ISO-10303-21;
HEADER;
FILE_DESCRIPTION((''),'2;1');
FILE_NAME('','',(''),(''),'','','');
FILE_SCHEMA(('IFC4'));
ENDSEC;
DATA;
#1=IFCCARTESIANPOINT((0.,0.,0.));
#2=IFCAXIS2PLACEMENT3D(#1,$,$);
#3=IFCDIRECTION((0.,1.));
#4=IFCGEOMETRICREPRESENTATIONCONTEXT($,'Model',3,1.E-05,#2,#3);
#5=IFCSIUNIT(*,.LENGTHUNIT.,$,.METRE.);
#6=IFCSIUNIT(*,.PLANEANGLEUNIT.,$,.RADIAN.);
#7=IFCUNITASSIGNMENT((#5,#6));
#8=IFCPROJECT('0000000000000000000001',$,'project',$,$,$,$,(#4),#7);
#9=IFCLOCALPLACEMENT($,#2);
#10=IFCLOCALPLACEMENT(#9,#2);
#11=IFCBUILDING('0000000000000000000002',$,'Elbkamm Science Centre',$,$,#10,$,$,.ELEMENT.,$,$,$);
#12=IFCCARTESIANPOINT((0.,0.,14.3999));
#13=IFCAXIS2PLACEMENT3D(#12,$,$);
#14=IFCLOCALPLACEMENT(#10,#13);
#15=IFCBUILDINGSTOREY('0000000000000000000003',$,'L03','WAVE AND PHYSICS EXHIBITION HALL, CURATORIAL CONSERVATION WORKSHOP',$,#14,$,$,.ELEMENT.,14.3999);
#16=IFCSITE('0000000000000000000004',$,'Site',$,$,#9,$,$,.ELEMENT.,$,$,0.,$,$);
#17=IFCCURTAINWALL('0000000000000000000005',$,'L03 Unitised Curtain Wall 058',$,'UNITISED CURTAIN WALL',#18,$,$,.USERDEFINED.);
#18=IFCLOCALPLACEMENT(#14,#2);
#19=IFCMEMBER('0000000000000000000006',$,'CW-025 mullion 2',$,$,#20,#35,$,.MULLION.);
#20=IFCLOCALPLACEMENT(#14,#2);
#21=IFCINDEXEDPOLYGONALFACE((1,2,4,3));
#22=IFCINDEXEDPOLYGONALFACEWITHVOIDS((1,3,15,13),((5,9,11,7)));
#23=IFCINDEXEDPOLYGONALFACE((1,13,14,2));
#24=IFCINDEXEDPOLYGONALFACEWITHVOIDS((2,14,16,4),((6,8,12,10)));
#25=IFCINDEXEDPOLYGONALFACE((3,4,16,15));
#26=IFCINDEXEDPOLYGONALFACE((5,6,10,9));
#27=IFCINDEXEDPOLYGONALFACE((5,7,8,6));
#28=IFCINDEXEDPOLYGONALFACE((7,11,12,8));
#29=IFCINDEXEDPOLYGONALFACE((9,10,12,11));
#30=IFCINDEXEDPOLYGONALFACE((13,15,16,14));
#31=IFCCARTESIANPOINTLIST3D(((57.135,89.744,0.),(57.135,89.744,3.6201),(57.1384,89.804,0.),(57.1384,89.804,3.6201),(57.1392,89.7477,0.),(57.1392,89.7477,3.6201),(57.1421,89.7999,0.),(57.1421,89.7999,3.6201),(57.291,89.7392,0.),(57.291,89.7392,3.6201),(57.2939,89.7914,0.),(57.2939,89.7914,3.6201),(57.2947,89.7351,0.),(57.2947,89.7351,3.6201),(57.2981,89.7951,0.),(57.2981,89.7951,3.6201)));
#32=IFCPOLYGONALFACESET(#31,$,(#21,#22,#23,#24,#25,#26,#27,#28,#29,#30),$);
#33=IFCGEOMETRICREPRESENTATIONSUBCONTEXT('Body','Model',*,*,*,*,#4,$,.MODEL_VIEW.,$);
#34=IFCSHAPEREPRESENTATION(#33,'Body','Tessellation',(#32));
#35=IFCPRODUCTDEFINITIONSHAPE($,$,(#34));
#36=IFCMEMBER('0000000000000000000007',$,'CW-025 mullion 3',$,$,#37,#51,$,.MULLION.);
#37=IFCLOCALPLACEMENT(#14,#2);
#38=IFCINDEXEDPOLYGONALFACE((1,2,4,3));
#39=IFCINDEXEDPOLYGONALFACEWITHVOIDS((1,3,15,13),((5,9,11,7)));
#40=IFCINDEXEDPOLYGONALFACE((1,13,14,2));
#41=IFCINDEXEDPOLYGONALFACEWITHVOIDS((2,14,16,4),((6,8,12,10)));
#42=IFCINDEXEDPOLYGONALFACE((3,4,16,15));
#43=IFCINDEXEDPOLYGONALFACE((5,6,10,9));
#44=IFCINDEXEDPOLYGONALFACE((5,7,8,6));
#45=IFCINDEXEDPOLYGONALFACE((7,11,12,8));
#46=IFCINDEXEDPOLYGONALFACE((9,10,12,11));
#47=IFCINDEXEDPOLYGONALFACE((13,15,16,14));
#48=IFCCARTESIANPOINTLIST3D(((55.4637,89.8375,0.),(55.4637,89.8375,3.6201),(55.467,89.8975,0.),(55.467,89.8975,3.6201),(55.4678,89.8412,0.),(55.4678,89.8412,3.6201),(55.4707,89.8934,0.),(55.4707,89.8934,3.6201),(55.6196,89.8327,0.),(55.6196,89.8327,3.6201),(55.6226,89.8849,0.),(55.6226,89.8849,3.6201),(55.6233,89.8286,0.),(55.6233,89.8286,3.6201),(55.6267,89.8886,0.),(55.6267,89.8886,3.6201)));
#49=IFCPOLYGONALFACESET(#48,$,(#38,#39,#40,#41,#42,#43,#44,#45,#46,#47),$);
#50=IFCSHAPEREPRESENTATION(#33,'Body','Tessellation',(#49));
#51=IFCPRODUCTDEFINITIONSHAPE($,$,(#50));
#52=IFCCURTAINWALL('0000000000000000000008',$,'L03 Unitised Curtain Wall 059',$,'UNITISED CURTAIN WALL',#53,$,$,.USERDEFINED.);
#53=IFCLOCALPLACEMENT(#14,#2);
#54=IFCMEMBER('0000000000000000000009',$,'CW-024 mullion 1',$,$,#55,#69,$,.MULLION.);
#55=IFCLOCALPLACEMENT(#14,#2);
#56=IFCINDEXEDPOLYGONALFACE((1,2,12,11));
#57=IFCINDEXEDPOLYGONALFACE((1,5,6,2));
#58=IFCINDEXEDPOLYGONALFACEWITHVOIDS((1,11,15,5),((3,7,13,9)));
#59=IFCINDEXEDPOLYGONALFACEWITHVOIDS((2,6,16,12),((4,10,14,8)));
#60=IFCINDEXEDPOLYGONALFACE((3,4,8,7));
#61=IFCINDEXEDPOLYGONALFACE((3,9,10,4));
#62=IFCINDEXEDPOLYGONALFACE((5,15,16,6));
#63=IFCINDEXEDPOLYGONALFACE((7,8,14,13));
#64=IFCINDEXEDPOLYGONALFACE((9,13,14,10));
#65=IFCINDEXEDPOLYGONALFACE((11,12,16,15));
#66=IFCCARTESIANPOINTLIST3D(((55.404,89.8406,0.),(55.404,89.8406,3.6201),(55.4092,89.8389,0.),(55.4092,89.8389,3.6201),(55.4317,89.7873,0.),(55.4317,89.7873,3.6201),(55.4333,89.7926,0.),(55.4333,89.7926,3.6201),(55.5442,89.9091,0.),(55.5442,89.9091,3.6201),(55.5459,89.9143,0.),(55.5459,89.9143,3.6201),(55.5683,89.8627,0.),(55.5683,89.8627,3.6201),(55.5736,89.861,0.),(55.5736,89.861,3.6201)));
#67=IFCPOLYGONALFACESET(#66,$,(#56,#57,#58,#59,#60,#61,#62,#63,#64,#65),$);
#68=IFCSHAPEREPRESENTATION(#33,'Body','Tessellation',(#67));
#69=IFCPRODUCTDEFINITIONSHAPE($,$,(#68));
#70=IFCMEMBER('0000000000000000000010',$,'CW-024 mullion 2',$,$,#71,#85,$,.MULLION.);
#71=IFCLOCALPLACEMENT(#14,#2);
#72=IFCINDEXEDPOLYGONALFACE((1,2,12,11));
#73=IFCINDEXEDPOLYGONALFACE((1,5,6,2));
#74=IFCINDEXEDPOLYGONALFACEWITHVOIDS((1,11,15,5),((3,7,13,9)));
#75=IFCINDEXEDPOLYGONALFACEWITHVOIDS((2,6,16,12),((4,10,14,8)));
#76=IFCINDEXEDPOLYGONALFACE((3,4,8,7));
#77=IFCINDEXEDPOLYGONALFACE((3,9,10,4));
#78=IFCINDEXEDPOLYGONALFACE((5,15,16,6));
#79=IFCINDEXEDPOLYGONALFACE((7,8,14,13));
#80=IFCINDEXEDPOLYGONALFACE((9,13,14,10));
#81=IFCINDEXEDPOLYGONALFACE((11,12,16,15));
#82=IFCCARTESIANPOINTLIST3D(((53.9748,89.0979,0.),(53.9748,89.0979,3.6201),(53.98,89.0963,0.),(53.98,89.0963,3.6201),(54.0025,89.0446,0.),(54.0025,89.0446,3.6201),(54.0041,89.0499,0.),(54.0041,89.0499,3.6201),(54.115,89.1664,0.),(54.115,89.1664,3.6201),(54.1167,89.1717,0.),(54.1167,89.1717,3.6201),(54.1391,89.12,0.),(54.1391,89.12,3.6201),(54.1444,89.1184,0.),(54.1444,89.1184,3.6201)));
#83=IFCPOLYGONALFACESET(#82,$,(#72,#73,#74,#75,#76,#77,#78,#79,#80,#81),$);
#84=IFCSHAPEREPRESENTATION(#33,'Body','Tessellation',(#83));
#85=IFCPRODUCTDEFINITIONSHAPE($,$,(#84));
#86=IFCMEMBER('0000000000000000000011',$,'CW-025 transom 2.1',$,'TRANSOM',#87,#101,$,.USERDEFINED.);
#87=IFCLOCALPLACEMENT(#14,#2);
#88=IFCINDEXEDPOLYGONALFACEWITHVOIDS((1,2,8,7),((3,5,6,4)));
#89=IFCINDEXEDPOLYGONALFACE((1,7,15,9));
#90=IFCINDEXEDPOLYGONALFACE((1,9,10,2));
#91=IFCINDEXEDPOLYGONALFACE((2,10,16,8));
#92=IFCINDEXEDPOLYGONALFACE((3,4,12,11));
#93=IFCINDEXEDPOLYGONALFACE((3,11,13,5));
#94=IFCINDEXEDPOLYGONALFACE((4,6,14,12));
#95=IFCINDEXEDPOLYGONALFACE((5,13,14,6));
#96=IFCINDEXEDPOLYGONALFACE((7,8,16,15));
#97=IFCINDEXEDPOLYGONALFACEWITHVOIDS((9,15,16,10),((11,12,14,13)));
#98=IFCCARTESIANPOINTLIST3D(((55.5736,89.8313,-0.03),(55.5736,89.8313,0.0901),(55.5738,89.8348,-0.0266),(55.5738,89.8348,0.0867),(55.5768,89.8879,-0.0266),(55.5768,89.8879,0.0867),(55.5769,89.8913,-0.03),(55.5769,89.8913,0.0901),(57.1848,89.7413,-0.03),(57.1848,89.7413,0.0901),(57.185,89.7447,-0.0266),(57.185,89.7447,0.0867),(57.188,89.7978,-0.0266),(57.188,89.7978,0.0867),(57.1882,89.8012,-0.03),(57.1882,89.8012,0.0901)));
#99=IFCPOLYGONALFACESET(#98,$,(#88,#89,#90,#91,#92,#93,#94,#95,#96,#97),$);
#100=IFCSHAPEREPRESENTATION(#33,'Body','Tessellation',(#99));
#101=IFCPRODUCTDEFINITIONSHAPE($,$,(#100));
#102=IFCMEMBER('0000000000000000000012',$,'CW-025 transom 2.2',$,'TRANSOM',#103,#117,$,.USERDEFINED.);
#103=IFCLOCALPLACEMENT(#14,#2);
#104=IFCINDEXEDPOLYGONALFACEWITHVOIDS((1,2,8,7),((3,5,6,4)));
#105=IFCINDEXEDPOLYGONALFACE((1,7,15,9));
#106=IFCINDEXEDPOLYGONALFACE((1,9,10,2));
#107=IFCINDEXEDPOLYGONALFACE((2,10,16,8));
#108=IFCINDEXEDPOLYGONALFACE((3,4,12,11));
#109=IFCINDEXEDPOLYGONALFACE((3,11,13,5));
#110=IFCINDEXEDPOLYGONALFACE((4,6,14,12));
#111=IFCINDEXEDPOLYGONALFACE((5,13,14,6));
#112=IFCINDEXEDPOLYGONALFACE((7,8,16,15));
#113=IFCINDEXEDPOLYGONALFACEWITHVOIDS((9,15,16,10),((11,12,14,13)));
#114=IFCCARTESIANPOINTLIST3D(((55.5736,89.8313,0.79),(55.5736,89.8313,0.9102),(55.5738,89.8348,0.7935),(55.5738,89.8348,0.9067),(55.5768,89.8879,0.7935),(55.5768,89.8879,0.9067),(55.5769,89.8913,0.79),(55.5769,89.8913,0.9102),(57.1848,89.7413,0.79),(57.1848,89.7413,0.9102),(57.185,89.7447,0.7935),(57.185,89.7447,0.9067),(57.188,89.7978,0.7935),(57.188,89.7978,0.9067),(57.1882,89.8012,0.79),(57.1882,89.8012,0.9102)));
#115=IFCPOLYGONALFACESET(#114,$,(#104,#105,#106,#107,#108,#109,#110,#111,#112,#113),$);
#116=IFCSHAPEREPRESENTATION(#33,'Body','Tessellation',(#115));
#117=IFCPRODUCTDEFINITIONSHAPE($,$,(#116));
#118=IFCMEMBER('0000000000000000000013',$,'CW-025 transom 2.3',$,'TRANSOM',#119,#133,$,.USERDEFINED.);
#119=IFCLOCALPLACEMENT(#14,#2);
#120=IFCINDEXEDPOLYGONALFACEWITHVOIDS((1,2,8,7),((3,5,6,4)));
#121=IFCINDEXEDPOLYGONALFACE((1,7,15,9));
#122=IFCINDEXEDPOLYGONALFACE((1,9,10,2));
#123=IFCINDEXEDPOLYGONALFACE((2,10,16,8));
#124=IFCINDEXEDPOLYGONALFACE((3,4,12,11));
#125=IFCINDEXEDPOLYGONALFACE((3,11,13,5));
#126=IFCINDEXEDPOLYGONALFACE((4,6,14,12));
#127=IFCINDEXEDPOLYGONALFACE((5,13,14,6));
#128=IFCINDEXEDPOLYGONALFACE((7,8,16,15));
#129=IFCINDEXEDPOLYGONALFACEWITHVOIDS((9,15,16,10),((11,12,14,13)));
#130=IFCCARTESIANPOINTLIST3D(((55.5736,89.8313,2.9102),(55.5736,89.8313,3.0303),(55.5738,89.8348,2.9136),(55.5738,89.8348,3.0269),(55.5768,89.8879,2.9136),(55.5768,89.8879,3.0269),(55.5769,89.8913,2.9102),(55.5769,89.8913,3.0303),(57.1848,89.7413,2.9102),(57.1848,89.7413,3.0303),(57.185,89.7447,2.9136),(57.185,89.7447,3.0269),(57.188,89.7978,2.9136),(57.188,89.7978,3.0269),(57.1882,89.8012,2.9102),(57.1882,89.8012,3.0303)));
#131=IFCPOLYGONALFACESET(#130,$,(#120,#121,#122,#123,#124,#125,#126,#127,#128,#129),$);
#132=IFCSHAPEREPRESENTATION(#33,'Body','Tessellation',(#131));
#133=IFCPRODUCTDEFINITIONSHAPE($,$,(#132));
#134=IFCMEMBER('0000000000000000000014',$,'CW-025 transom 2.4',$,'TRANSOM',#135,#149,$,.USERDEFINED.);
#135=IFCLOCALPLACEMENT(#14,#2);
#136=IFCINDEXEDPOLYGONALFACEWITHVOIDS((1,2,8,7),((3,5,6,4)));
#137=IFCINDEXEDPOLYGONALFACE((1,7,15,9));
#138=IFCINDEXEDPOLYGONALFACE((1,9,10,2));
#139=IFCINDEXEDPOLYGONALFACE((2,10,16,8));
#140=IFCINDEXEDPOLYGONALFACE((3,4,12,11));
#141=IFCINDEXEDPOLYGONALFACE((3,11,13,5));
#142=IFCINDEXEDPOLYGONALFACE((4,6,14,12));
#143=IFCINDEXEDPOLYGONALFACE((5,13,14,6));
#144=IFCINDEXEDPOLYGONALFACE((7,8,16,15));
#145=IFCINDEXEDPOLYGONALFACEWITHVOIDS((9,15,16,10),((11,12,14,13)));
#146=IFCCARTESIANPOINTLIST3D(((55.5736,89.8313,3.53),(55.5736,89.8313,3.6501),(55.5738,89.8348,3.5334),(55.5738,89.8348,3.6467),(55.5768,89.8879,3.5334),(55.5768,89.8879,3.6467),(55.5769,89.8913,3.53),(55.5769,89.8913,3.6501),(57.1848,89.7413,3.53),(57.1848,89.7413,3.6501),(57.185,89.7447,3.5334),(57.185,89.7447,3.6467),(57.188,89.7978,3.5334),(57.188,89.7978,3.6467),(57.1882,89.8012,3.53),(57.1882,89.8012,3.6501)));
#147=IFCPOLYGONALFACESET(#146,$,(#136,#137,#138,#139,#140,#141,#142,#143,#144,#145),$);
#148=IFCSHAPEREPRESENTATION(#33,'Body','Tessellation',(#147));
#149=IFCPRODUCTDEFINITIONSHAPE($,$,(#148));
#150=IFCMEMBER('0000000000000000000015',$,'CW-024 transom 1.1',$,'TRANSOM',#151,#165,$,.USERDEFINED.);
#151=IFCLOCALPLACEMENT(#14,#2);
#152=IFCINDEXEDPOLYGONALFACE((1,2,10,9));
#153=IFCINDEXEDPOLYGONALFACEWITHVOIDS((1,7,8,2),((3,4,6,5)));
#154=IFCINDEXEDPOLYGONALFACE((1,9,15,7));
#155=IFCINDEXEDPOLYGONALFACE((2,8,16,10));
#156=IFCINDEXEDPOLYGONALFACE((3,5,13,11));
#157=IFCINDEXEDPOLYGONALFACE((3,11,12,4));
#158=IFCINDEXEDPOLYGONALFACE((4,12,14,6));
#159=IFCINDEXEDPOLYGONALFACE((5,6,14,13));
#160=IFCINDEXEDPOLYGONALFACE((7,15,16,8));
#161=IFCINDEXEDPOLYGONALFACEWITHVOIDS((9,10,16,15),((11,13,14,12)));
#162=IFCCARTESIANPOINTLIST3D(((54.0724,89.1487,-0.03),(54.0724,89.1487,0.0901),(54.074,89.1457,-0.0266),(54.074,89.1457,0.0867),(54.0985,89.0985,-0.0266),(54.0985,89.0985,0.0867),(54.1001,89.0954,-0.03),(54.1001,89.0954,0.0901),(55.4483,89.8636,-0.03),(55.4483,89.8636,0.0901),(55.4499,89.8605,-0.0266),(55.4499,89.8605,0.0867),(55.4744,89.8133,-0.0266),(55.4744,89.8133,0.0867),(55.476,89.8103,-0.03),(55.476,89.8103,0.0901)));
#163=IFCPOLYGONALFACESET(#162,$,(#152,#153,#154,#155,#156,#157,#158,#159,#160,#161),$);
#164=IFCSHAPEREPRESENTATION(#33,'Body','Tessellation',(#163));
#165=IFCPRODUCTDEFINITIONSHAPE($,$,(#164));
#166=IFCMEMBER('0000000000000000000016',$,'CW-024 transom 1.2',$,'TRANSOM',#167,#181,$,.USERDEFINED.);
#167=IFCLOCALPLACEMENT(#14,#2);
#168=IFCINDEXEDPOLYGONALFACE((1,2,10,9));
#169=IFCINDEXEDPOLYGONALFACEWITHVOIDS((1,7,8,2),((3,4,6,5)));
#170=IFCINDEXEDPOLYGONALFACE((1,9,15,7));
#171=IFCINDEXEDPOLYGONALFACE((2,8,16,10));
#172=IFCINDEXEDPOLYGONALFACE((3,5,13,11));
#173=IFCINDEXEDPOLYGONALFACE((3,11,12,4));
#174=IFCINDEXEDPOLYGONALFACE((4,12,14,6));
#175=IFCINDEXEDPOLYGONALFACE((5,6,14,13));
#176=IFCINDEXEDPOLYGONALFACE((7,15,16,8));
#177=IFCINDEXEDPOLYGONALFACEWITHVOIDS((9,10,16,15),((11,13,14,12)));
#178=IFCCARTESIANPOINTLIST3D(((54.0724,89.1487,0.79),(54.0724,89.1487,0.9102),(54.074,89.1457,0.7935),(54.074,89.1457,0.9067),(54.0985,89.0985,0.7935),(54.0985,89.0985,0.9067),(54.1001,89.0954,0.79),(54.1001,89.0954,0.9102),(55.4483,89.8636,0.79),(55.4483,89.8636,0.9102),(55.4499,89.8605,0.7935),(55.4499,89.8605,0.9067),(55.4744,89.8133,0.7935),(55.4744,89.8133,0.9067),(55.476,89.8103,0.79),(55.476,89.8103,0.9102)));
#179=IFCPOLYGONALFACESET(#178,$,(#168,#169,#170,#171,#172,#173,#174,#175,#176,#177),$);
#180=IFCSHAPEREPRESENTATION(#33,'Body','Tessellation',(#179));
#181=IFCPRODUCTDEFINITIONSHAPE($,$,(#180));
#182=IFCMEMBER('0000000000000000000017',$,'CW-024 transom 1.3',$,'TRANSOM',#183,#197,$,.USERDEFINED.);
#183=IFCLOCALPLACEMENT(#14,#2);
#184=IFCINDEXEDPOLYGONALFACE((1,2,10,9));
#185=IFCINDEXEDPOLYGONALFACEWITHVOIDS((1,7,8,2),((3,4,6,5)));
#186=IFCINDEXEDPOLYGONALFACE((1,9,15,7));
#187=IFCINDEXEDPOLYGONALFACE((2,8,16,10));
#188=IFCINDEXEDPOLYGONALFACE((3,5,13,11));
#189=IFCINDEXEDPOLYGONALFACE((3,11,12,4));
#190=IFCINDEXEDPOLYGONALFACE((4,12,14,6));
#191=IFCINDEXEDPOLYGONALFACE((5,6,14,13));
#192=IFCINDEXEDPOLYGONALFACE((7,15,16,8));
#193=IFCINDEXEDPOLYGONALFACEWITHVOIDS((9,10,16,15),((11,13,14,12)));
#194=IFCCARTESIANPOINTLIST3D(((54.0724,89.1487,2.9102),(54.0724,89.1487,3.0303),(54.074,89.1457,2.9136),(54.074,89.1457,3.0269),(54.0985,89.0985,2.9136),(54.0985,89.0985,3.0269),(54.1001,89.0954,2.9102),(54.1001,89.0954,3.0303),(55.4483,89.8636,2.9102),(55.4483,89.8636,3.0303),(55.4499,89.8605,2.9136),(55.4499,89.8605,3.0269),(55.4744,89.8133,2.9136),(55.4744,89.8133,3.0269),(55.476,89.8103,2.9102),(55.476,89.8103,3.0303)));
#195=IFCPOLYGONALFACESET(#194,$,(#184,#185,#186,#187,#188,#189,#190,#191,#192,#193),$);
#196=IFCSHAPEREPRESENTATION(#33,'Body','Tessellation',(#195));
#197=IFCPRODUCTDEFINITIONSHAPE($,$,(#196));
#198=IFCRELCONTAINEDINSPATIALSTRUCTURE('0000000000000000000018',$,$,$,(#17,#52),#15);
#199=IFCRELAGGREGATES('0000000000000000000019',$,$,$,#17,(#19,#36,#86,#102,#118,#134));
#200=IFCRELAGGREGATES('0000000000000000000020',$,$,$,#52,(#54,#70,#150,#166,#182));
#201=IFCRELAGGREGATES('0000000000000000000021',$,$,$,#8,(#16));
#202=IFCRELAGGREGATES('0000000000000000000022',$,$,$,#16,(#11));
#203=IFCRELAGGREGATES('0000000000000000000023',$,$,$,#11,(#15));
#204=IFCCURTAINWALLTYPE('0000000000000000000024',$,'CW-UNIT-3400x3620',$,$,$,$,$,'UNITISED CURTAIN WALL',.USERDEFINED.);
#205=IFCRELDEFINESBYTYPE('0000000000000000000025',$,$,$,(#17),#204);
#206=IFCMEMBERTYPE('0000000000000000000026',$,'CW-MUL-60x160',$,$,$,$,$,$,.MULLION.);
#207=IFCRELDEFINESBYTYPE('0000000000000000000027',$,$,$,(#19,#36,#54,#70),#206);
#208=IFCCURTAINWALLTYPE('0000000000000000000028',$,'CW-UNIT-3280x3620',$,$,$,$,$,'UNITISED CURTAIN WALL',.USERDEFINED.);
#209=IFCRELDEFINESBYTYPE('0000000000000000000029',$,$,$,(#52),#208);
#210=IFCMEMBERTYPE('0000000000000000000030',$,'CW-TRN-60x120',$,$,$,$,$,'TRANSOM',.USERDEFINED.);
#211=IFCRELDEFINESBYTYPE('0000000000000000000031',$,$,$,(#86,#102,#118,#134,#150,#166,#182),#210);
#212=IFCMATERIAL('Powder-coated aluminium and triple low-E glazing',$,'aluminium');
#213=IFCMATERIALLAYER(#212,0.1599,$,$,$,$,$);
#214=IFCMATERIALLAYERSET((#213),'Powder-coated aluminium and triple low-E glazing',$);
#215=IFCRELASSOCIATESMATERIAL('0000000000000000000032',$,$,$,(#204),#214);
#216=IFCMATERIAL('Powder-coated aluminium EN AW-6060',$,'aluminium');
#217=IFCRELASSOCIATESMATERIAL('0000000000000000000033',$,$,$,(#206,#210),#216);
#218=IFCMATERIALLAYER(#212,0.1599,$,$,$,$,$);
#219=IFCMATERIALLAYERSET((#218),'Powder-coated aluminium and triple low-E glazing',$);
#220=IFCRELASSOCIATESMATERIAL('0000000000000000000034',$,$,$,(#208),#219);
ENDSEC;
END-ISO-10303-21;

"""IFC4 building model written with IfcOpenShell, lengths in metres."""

from ifc_helpers import new_model, si_unit, direction, frame, origin, origin_2d, place, context, subcontext, project, spatial, hollow_rectangle, extrude, material, layer, layer_set, material_profile, profile_set, type_object, element, aggregate, save


model = new_model("IFC4")

# Units and contexts
model_context = context("Model", 3, precision=1e-05, world=origin(), true_north=direction((0.0, 1.0)))
body_context = subcontext(model_context, "Body", "Model", "MODEL_VIEW")
ifc_project = project(units=[si_unit("LENGTHUNIT", "METRE"), si_unit("PLANEANGLEUNIT", "RADIAN")], contexts=[model_context])

# Site, building, storey
site_placement = place(None, origin())
site = spatial("IfcSite", under=ifc_project, at=site_placement, Name="Site", CompositionType="ELEMENT", RefElevation=0.0)
building_placement = place(site_placement, origin())
building = spatial("IfcBuilding", under=site, at=building_placement, Name="Elbkamm Science Centre", CompositionType="ELEMENT")
storey_placement = place(building_placement, frame((0.0, 0.0, 14.3999)))
storey = spatial("IfcBuildingStorey", under=building, at=storey_placement, Name="L03", Description="WAVE AND PHYSICS EXHIBITION HALL, CURATORIAL CONSERVATION WORKSHOP", CompositionType="ELEMENT", Elevation=14.3999)

# Curtain walls, members
ifc_material_1 = material(Name="Powder-coated aluminium and triple low-E glazing", Category="aluminium")
ifc_layer_1 = layer(ifc_material_1, 0.1599)
ifc_layer_set_1 = layer_set([ifc_layer_1], Name="Powder-coated aluminium and triple low-E glazing")
curtain_wall_type_1 = type_object("IfcCurtainWallType", Name="CW-UNIT-3400x3620", ElementType="UNITISED CURTAIN WALL", PredefinedType="USERDEFINED", material=ifc_layer_set_1)
curtain_wall_1_placement = place(storey_placement, origin())
curtain_wall_1 = element("IfcCurtainWall", 1, at=curtain_wall_1_placement, inside=storey, type_object=curtain_wall_type_1, Name="L03 Unitised Curtain Wall 058", ObjectType="UNITISED CURTAIN WALL", PredefinedType="USERDEFINED")
ifc_material_2 = material(Name="Powder-coated aluminium EN AW-6060", Category="aluminium")
ifc_material_profile_1 = material_profile(ifc_material_2, hollow_rectangle(XDim=0.0601, YDim=0.1599, WallThickness=0.0039, at=origin_2d()), Name="ALU M60x160")
ifc_profile_set_1 = profile_set([ifc_material_profile_1], Name="Powder-coated aluminium EN AW-6060")
member_type_1 = type_object("IfcMemberType", Name="CW-MUL-60x160", PredefinedType="MULLION", material=ifc_profile_set_1)
member_1_placement = place(storey_placement, frame((57.2166, 89.7695, 0.0), z_axis=(0.0, 0.0, 1.0), x_axis=(-0.055785, -0.998443, 0.0)))
member_1 = element("IfcMember", 2, at=member_1_placement, type_object=member_type_1, Name="CW-025 mullion 2", PredefinedType="MULLION", context=body_context, shape_type="SweptSolid", body=[
    extrude(hollow_rectangle(XDim=0.0601, YDim=0.1599, WallThickness=0.0039, at=origin_2d()), origin(), (0.0, 0.0, 1.0), 3.6201),
])
member_2_placement = place(storey_placement, frame((55.5452, 89.863, 0.0), z_axis=(0.0, 0.0, 1.0), x_axis=(-0.055785, -0.998443, 0.0)))
member_2 = element("IfcMember", 3, at=member_2_placement, type_object=member_type_1, Name="CW-025 mullion 3", PredefinedType="MULLION", context=body_context, shape_type="SweptSolid", body=[
    extrude(hollow_rectangle(XDim=0.0601, YDim=0.1599, WallThickness=0.0039, at=origin_2d()), origin(), (0.0, 0.0, 1.0), 3.6201),
])
ifc_layer_2 = layer(ifc_material_1, 0.1599)
ifc_layer_set_2 = layer_set([ifc_layer_2], Name="Powder-coated aluminium and triple low-E glazing")
curtain_wall_type_2 = type_object("IfcCurtainWallType", Name="CW-UNIT-3280x3620", ElementType="UNITISED CURTAIN WALL", PredefinedType="USERDEFINED", material=ifc_layer_set_2)
curtain_wall_2_placement = place(storey_placement, origin())
curtain_wall_2 = element("IfcCurtainWall", 4, at=curtain_wall_2_placement, inside=storey, type_object=curtain_wall_type_2, Name="L03 Unitised Curtain Wall 059", ObjectType="UNITISED CURTAIN WALL", PredefinedType="USERDEFINED")
member_3_placement = place(storey_placement, frame((55.4888, 89.8508, 0.0), z_axis=(0.0, 0.0, 1.0), x_axis=(0.461071, -0.887363, 0.0)))
member_3 = element("IfcMember", 5, at=member_3_placement, type_object=member_type_1, Name="CW-024 mullion 1", PredefinedType="MULLION", context=body_context, shape_type="SweptSolid", body=[
    extrude(hollow_rectangle(XDim=0.0601, YDim=0.1599, WallThickness=0.0039, at=origin_2d()), origin(), (0.0, 0.0, 1.0), 3.6201),
])
member_4_placement = place(storey_placement, frame((54.0596, 89.1082, 0.0), z_axis=(0.0, 0.0, 1.0), x_axis=(0.461071, -0.887363, 0.0)))
member_4 = element("IfcMember", 6, at=member_4_placement, type_object=member_type_1, Name="CW-024 mullion 2", PredefinedType="MULLION", context=body_context, shape_type="SweptSolid", body=[
    extrude(hollow_rectangle(XDim=0.0601, YDim=0.1599, WallThickness=0.0039, at=origin_2d()), origin(), (0.0, 0.0, 1.0), 3.6201),
])

# Members
ifc_material_profile_2 = material_profile(ifc_material_2, hollow_rectangle(XDim=0.0601, YDim=0.1201, WallThickness=0.0034, at=origin_2d()), Name="ALU T60x120")
ifc_profile_set_2 = profile_set([ifc_material_profile_2], Name="Powder-coated aluminium EN AW-6060")
member_type_2 = type_object("IfcMemberType", Name="CW-TRN-60x120", ElementType="TRANSOM", PredefinedType="USERDEFINED", material=ifc_profile_set_2)
member_5_placement = place(storey_placement, frame((57.1865, 89.7712, 0.03), z_axis=(-0.998441, 0.055822, 0.0), x_axis=(-0.055822, -0.998441, 0.0)))
member_5 = element("IfcMember", 7, at=member_5_placement, type_object=member_type_2, Name="CW-025 transom 2.1", ObjectType="TRANSOM", PredefinedType="USERDEFINED", context=body_context, shape_type="SweptSolid", body=[
    extrude(hollow_rectangle(XDim=0.0601, YDim=0.1201, WallThickness=0.0034, at=origin_2d()), origin(), (0.0, 0.0, 1.0), 1.6138),
])
member_6_placement = place(storey_placement, frame((57.1865, 89.7712, 0.8501), z_axis=(-0.998441, 0.055822, 0.0), x_axis=(-0.055822, -0.998441, 0.0)))
member_6 = element("IfcMember", 8, at=member_6_placement, type_object=member_type_2, Name="CW-025 transom 2.2", ObjectType="TRANSOM", PredefinedType="USERDEFINED", context=body_context, shape_type="SweptSolid", body=[
    extrude(hollow_rectangle(XDim=0.0601, YDim=0.1201, WallThickness=0.0034, at=origin_2d()), origin(), (0.0, 0.0, 1.0), 1.6138),
])
member_7_placement = place(storey_placement, frame((57.1865, 89.7712, 2.9702), z_axis=(-0.998441, 0.055822, 0.0), x_axis=(-0.055822, -0.998441, 0.0)))
member_7 = element("IfcMember", 9, at=member_7_placement, type_object=member_type_2, Name="CW-025 transom 2.3", ObjectType="TRANSOM", PredefinedType="USERDEFINED", context=body_context, shape_type="SweptSolid", body=[
    extrude(hollow_rectangle(XDim=0.0601, YDim=0.1201, WallThickness=0.0034, at=origin_2d()), origin(), (0.0, 0.0, 1.0), 1.6138),
])
member_8_placement = place(storey_placement, frame((57.1865, 89.7712, 3.5901), z_axis=(-0.998441, 0.055822, 0.0), x_axis=(-0.055822, -0.998441, 0.0)))
member_8 = element("IfcMember", 10, at=member_8_placement, type_object=member_type_2, Name="CW-025 transom 2.4", ObjectType="TRANSOM", PredefinedType="USERDEFINED", context=body_context, shape_type="SweptSolid", body=[
    extrude(hollow_rectangle(XDim=0.0601, YDim=0.1201, WallThickness=0.0034, at=origin_2d()), origin(), (0.0, 0.0, 1.0), 1.6138),
])
member_9_placement = place(storey_placement, frame((55.4622, 89.8369, 0.03), z_axis=(-0.887392, -0.461016, 0.0), x_axis=(0.461016, -0.887392, 0.0)))
member_9 = element("IfcMember", 11, at=member_9_placement, type_object=member_type_2, Name="CW-024 transom 1.1", ObjectType="TRANSOM", PredefinedType="USERDEFINED", context=body_context, shape_type="SweptSolid", body=[
    extrude(hollow_rectangle(XDim=0.0601, YDim=0.1201, WallThickness=0.0034, at=origin_2d()), origin(), (0.0, 0.0, 1.0), 1.5505),
])
member_10_placement = place(storey_placement, frame((55.4622, 89.8369, 0.8501), z_axis=(-0.887392, -0.461016, 0.0), x_axis=(0.461016, -0.887392, 0.0)))
member_10 = element("IfcMember", 12, at=member_10_placement, type_object=member_type_2, Name="CW-024 transom 1.2", ObjectType="TRANSOM", PredefinedType="USERDEFINED", context=body_context, shape_type="SweptSolid", body=[
    extrude(hollow_rectangle(XDim=0.0601, YDim=0.1201, WallThickness=0.0034, at=origin_2d()), origin(), (0.0, 0.0, 1.0), 1.5505),
])
member_11_placement = place(storey_placement, frame((55.4622, 89.8369, 2.9702), z_axis=(-0.887392, -0.461016, 0.0), x_axis=(0.461016, -0.887392, 0.0)))
member_11 = element("IfcMember", 13, at=member_11_placement, type_object=member_type_2, Name="CW-024 transom 1.3", ObjectType="TRANSOM", PredefinedType="USERDEFINED", context=body_context, shape_type="SweptSolid", body=[
    extrude(hollow_rectangle(XDim=0.0601, YDim=0.1201, WallThickness=0.0034, at=origin_2d()), origin(), (0.0, 0.0, 1.0), 1.5505),
])

aggregate(curtain_wall_1, [member_1, member_2, member_5, member_6, member_7, member_8])
aggregate(curtain_wall_2, [member_3, member_4, member_9, member_10, member_11])

save(model, "model.ifc")
